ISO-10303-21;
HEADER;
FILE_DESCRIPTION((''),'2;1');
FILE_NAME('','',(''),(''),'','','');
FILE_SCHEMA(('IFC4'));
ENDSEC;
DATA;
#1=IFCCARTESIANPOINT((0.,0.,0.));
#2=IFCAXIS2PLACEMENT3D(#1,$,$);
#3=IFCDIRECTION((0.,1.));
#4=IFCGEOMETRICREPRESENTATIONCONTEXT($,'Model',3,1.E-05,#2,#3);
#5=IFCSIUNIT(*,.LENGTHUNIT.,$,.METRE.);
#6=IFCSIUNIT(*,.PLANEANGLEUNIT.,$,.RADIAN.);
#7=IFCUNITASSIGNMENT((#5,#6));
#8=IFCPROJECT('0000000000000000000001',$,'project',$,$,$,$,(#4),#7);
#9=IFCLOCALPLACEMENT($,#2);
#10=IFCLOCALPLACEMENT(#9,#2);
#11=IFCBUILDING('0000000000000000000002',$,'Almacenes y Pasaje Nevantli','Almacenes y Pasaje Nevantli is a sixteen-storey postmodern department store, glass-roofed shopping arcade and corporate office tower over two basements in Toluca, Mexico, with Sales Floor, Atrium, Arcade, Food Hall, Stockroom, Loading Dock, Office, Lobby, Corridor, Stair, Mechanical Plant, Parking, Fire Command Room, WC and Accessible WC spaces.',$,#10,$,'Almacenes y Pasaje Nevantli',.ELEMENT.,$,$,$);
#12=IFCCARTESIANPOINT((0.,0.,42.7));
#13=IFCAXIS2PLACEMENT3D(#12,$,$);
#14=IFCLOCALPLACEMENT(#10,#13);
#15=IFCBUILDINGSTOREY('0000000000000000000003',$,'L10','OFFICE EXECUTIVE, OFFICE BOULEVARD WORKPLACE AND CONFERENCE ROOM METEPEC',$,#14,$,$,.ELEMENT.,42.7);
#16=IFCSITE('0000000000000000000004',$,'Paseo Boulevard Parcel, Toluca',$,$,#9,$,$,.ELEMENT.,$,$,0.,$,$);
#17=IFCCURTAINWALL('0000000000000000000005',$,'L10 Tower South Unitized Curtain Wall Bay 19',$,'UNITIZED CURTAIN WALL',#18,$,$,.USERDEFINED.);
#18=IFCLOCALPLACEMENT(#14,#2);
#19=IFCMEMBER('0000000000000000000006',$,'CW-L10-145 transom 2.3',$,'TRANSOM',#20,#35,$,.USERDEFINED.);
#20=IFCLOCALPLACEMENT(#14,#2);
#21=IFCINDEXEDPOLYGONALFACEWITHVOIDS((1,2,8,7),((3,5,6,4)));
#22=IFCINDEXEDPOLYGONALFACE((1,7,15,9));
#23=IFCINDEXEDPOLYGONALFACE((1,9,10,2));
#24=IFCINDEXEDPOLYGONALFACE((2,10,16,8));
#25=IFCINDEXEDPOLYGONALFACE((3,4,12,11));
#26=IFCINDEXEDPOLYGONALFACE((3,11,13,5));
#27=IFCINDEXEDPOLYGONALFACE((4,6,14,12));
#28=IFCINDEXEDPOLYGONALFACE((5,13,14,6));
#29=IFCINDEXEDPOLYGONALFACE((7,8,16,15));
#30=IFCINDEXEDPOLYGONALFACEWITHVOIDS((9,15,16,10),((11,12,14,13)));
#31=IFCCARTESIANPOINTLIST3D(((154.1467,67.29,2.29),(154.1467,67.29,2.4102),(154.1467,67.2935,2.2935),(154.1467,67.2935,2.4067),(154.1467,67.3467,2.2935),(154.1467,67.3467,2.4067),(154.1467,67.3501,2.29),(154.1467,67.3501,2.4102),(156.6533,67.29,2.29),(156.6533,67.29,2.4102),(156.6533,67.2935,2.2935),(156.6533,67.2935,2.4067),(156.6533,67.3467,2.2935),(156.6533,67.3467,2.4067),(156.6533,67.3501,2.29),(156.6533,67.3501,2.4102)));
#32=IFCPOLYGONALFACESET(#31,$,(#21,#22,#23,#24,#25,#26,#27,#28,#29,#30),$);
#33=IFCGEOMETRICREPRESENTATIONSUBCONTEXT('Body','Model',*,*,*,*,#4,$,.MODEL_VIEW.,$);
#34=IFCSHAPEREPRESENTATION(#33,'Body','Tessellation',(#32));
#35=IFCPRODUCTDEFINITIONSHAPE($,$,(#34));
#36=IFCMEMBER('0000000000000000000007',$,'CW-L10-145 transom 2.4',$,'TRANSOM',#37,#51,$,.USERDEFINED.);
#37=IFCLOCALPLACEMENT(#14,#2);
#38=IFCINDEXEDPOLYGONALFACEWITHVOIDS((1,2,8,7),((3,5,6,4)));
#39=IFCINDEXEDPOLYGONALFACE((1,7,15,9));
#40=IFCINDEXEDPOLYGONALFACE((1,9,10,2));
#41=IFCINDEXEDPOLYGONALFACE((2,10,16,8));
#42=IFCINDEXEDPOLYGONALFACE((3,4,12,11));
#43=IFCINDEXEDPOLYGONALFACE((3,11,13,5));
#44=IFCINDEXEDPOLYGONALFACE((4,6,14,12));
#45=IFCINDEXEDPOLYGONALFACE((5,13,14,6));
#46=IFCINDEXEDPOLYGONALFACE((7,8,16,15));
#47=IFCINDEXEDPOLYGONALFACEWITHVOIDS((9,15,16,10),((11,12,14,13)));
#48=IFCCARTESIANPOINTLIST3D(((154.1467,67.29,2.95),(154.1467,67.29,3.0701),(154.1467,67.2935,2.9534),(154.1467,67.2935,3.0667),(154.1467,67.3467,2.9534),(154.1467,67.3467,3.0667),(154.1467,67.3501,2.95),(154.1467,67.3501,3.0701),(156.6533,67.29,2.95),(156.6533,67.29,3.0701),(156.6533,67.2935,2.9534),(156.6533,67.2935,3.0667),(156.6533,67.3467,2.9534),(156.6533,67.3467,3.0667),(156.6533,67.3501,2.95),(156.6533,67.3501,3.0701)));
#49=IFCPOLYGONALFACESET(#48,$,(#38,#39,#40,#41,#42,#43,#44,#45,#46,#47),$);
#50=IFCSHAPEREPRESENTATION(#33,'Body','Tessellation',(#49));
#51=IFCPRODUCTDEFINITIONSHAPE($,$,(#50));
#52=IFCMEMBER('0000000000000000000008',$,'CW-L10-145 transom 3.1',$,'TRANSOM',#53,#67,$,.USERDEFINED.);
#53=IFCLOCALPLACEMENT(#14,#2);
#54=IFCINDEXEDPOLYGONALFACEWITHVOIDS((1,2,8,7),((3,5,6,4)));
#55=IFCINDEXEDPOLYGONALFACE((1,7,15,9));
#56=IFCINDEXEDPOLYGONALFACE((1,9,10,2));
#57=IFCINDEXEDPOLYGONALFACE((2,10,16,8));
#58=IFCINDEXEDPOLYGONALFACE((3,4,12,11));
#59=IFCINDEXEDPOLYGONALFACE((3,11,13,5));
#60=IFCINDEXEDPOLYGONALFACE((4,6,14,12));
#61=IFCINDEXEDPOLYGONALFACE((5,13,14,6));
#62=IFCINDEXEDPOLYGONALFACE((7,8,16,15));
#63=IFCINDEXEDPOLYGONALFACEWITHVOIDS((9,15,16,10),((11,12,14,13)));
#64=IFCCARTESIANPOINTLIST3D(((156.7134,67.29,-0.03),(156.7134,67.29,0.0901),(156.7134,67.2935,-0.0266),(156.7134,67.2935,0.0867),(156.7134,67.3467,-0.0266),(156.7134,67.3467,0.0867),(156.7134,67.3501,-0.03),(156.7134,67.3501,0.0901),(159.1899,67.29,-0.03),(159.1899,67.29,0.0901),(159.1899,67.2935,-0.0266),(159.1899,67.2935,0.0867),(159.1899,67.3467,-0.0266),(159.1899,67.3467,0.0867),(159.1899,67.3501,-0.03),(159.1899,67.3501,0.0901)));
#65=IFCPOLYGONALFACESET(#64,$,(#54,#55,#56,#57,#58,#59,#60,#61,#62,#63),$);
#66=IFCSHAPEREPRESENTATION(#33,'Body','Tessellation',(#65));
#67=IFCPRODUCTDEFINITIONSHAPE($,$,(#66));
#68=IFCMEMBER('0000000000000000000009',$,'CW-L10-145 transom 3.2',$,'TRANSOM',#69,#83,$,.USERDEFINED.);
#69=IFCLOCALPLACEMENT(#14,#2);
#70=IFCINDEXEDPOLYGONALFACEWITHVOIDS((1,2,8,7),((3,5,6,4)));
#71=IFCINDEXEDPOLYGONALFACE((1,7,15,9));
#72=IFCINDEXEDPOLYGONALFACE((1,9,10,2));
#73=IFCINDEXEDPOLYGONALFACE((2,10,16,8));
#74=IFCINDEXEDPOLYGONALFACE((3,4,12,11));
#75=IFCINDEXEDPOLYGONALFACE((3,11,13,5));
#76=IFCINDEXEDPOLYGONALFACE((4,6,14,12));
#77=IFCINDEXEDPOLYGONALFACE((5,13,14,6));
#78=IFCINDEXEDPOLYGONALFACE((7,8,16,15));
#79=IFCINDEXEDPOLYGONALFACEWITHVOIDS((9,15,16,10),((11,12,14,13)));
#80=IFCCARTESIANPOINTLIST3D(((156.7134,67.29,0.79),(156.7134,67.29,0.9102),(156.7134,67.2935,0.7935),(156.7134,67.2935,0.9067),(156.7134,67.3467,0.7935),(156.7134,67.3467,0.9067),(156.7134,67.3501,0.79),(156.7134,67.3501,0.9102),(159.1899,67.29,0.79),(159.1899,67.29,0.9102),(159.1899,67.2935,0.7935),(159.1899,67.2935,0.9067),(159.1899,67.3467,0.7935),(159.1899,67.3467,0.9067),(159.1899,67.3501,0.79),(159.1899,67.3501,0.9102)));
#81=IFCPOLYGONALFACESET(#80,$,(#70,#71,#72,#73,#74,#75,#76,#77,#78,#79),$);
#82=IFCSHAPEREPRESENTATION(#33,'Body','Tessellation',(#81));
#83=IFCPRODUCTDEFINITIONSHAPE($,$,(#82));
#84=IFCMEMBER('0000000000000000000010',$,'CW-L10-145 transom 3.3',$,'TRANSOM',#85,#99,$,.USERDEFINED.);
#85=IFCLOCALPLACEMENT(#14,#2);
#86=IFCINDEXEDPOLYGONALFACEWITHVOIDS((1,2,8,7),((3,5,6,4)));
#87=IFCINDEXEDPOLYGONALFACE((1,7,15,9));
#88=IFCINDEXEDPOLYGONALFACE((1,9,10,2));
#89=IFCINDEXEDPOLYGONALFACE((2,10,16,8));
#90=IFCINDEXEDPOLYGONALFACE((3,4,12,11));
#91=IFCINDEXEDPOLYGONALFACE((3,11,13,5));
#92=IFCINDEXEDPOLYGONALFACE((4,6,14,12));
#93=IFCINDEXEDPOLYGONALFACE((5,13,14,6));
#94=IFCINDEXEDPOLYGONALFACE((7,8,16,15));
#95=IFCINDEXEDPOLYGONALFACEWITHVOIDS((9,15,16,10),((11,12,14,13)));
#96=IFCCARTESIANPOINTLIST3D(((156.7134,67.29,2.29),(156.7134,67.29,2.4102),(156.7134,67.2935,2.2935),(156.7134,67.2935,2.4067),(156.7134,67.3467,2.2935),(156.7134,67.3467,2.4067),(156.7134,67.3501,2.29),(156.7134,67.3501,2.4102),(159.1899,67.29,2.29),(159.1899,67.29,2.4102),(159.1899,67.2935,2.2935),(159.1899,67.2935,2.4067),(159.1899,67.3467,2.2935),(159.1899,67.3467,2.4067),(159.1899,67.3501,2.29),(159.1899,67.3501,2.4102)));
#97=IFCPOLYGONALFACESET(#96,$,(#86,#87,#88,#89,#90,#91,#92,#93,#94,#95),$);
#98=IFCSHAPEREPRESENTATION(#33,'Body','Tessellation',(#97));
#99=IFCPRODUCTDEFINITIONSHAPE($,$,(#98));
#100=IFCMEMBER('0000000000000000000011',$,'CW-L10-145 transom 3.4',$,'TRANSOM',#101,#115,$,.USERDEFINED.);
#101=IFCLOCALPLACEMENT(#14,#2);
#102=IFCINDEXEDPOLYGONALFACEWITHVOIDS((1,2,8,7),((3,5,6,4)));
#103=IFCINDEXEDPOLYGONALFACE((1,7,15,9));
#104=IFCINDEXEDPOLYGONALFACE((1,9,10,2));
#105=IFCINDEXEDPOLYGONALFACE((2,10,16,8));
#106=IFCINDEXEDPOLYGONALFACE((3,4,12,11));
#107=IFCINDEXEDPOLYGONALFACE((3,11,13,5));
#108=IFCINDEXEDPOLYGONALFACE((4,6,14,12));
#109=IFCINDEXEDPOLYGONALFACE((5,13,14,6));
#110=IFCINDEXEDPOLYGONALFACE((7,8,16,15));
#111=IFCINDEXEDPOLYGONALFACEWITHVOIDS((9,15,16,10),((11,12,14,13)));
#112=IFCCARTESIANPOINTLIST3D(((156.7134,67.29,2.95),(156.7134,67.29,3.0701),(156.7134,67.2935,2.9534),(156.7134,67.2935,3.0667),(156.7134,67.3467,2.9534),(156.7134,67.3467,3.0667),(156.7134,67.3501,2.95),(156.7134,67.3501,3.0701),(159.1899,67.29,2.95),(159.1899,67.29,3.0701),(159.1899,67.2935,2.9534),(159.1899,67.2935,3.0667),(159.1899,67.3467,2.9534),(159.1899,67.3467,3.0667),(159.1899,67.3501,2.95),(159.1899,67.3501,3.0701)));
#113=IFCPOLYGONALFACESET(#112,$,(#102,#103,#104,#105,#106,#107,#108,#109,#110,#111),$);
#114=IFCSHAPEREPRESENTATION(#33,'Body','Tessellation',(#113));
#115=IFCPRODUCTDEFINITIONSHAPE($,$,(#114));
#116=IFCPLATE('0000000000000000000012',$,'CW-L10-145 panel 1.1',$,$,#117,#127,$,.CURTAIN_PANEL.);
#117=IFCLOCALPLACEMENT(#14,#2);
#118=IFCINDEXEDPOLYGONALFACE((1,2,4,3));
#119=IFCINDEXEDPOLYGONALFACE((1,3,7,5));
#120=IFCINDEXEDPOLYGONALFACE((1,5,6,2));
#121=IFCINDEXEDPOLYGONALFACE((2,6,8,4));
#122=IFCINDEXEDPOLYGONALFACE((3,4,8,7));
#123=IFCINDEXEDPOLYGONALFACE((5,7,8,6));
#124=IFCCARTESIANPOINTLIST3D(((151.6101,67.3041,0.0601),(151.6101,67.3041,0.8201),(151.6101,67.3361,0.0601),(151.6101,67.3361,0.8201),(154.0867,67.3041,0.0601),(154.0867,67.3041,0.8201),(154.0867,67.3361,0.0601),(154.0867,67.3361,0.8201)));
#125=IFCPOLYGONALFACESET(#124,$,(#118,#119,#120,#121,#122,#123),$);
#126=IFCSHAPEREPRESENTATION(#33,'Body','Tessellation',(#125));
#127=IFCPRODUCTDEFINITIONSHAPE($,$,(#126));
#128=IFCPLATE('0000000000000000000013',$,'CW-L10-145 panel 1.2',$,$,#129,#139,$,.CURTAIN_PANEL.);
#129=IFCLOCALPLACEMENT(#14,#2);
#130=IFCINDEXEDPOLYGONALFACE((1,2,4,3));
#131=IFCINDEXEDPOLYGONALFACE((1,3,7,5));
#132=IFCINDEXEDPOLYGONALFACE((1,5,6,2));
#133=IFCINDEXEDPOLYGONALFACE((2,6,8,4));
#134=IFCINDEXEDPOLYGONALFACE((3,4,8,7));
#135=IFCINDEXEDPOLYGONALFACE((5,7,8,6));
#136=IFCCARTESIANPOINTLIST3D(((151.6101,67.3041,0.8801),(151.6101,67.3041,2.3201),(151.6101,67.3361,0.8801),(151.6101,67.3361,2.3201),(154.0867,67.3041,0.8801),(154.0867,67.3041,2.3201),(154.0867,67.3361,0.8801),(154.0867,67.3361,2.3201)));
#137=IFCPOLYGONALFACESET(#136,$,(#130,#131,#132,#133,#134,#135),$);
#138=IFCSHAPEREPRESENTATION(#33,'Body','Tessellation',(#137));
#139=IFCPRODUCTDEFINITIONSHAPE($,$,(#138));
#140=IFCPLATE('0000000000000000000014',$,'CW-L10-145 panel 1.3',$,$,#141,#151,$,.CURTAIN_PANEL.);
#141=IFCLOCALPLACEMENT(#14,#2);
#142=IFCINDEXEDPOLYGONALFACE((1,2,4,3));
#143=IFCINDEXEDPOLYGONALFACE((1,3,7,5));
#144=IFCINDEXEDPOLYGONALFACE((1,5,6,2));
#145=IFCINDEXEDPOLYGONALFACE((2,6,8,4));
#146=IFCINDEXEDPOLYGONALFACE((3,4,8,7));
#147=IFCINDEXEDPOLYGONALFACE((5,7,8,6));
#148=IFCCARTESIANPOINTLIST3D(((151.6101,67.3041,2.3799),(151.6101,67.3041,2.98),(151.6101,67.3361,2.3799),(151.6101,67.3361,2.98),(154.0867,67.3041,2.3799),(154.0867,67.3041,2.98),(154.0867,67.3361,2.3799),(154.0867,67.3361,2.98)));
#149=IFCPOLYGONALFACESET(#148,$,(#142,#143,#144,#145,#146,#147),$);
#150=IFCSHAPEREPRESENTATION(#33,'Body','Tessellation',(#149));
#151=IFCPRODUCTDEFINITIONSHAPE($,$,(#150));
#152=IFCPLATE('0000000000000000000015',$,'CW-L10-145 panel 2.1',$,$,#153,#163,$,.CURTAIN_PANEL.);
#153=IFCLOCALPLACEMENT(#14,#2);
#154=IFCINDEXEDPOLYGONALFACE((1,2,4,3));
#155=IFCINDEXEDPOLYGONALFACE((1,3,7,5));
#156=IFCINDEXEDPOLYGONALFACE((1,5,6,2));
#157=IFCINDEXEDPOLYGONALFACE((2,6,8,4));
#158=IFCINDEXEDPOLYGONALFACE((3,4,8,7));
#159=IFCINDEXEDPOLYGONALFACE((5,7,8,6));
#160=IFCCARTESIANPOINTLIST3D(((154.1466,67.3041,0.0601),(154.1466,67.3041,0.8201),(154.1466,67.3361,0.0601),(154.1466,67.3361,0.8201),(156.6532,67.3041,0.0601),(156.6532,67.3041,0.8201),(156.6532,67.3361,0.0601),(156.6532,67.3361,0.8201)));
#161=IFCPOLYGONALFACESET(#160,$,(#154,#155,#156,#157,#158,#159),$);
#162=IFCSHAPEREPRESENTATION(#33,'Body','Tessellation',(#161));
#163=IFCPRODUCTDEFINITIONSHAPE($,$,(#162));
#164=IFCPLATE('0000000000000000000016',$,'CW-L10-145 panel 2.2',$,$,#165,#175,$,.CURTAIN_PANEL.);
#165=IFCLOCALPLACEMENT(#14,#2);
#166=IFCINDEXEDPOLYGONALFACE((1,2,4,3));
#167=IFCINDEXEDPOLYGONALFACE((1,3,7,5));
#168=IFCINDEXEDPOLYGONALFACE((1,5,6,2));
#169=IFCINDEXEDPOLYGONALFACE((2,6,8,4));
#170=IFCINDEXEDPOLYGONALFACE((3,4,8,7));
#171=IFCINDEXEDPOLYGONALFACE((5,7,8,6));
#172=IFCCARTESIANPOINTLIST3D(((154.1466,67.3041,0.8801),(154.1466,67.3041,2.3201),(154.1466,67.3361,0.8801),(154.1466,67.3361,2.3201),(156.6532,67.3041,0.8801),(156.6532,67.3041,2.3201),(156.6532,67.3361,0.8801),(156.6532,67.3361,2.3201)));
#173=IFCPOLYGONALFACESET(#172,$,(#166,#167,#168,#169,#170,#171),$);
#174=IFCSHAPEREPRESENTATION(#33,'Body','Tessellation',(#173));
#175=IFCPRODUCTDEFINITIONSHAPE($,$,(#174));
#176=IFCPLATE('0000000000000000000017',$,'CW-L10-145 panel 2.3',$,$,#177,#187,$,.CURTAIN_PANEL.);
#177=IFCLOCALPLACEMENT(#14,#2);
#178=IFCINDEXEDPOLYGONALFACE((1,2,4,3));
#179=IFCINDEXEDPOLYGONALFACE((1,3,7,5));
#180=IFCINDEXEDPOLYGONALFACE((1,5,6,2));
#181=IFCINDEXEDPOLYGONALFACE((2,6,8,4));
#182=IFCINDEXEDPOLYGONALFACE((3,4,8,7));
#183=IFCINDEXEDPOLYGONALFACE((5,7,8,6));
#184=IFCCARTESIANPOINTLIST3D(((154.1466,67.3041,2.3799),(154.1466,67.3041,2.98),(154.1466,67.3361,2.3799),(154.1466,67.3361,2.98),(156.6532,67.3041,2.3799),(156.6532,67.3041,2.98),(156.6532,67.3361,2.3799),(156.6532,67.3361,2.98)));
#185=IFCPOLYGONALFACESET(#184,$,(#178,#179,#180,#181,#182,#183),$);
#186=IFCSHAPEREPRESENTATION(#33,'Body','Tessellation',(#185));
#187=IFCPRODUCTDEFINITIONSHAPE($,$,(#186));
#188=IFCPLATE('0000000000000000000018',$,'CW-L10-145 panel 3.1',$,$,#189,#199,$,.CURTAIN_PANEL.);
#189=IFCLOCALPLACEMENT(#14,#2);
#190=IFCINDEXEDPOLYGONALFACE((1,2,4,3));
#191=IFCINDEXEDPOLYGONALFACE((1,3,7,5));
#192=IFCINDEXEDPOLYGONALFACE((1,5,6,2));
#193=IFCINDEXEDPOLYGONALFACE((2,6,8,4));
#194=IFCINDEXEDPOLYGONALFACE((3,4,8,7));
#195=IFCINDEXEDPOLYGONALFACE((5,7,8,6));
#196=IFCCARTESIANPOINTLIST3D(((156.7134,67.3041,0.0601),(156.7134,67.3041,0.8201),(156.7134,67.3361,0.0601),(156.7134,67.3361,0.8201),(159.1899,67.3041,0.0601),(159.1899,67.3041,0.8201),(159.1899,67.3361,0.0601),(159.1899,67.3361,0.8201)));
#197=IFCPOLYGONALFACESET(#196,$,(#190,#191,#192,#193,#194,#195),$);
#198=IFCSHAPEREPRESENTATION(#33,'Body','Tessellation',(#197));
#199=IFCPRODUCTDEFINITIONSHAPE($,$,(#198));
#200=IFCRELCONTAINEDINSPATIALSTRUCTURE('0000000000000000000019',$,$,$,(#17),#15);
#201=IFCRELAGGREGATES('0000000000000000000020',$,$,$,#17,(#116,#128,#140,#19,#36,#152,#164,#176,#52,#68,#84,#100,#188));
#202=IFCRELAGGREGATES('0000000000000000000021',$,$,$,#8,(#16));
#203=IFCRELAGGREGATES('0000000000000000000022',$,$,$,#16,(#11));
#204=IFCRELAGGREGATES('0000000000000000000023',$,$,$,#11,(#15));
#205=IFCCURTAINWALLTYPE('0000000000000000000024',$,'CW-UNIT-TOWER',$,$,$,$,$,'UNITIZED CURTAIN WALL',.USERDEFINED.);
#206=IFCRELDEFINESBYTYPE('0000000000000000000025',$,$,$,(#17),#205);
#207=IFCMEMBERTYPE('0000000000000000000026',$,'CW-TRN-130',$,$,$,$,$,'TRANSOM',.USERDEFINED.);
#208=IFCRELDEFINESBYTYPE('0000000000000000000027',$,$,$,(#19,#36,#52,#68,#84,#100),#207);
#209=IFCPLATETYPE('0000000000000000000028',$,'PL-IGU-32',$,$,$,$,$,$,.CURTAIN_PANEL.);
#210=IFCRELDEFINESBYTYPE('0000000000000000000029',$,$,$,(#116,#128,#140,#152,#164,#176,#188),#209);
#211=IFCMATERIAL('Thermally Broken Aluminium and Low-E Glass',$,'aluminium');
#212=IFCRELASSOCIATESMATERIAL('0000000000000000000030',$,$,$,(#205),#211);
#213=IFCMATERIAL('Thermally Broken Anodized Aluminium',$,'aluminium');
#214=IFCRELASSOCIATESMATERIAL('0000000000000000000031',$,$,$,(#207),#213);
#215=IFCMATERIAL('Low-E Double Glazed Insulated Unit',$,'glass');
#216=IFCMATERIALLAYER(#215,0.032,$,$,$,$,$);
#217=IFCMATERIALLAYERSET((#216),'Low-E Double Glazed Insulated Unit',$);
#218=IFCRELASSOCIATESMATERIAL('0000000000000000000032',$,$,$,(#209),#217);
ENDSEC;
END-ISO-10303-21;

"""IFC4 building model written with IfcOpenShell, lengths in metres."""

from ifc_helpers import new_model, si_unit, direction, frame, origin, origin_2d, place, context, subcontext, project, spatial, rectangle, hollow_rectangle, extrude, material, layer, layer_set, material_profile, profile_set, type_object, element, aggregate, save


model = new_model("IFC4")

# Units and contexts
model_context = context("Model", 3, precision=1e-05, world=origin(), true_north=direction((0.0, 1.0)))
body_context = subcontext(model_context, "Body", "Model", "MODEL_VIEW")
ifc_project = project(units=[si_unit("LENGTHUNIT", "METRE"), si_unit("PLANEANGLEUNIT", "RADIAN")], contexts=[model_context])

# Site, building, storey
site_placement = place(None, origin())
site = spatial("IfcSite", under=ifc_project, at=site_placement, Name="Paseo Boulevard Parcel, Toluca", CompositionType="ELEMENT", RefElevation=0.0)
building_placement = place(site_placement, origin())
building = spatial("IfcBuilding", under=site, at=building_placement, Name="Almacenes y Pasaje Nevantli", Description="Almacenes y Pasaje Nevantli is a sixteen-storey postmodern department store, glass-roofed shopping arcade and corporate office tower over two basements in Toluca, Mexico, with Sales Floor, Atrium, Arcade, Food Hall, Stockroom, Loading Dock, Office, Lobby, Corridor, Stair, Mechanical Plant, Parking, Fire Command Room, WC and Accessible WC spaces.", LongName="Almacenes y Pasaje Nevantli", CompositionType="ELEMENT")
storey_placement = place(building_placement, frame((0.0, 0.0, 42.7)))
storey = spatial("IfcBuildingStorey", under=building, at=storey_placement, Name="L10", Description="OFFICE EXECUTIVE, OFFICE BOULEVARD WORKPLACE AND CONFERENCE ROOM METEPEC", CompositionType="ELEMENT", Elevation=42.7)

# Curtain wall, members, plates
ifc_material_1 = material(Name="Thermally Broken Aluminium and Low-E Glass", Category="aluminium")
curtain_wall_type = type_object("IfcCurtainWallType", Name="CW-UNIT-TOWER", ElementType="UNITIZED CURTAIN WALL", PredefinedType="USERDEFINED", material=ifc_material_1)
curtain_wall_placement = place(storey_placement, origin())
curtain_wall = element("IfcCurtainWall", 1, at=curtain_wall_placement, inside=storey, type_object=curtain_wall_type, Name="L10 Tower South Unitized Curtain Wall Bay 19", ObjectType="UNITIZED CURTAIN WALL", PredefinedType="USERDEFINED")
ifc_material_2 = material(Name="Thermally Broken Anodized Aluminium", Category="aluminium")
ifc_material_profile_1 = material_profile(ifc_material_2, hollow_rectangle(XDim=0.0601, YDim=0.1201, WallThickness=0.0034, at=origin_2d()), Name="ALU-TRN-60x120")
ifc_profile_set_1 = profile_set([ifc_material_profile_1], Name="Thermally Broken Anodized Aluminium")
member_type_1 = type_object("IfcMemberType", Name="CW-TRN-130", ElementType="TRANSOM", PredefinedType="USERDEFINED", material=ifc_profile_set_1)
member_1_placement = place(storey_placement, frame((154.1467, 67.3201, 2.3501), z_axis=(1.0, 0.0, 0.0), x_axis=(0.0, 1.0, 0.0)))
member_1 = element("IfcMember", 2, at=member_1_placement, type_object=member_type_1, Name="CW-L10-145 transom 2.3", ObjectType="TRANSOM", PredefinedType="USERDEFINED", context=body_context, shape_type="SweptSolid", body=[
    extrude(hollow_rectangle(XDim=0.0601, YDim=0.1201, WallThickness=0.0034, at=origin_2d()), origin(), (0.0, 0.0, 1.0), 2.5066),
])
member_2_placement = place(storey_placement, frame((154.1467, 67.3201, 3.01), z_axis=(1.0, 0.0, 0.0), x_axis=(0.0, 1.0, 0.0)))
member_2 = element("IfcMember", 3, at=member_2_placement, type_object=member_type_1, Name="CW-L10-145 transom 2.4", ObjectType="TRANSOM", PredefinedType="USERDEFINED", context=body_context, shape_type="SweptSolid", body=[
    extrude(hollow_rectangle(XDim=0.0601, YDim=0.1201, WallThickness=0.0034, at=origin_2d()), origin(), (0.0, 0.0, 1.0), 2.5066),
])
member_3_placement = place(storey_placement, frame((156.7134, 67.3201, 0.03), z_axis=(1.0, 0.0, 0.0), x_axis=(0.0, 1.0, 0.0)))
member_3 = element("IfcMember", 4, at=member_3_placement, type_object=member_type_1, Name="CW-L10-145 transom 3.1", ObjectType="TRANSOM", PredefinedType="USERDEFINED", context=body_context, shape_type="SweptSolid", body=[
    extrude(hollow_rectangle(XDim=0.0601, YDim=0.1201, WallThickness=0.0034, at=origin_2d()), origin(), (0.0, 0.0, 1.0), 2.4766),
])
member_4_placement = place(storey_placement, frame((156.7134, 67.3201, 0.8501), z_axis=(1.0, 0.0, 0.0), x_axis=(0.0, 1.0, 0.0)))
member_4 = element("IfcMember", 5, at=member_4_placement, type_object=member_type_1, Name="CW-L10-145 transom 3.2", ObjectType="TRANSOM", PredefinedType="USERDEFINED", context=body_context, shape_type="SweptSolid", body=[
    extrude(hollow_rectangle(XDim=0.0601, YDim=0.1201, WallThickness=0.0034, at=origin_2d()), origin(), (0.0, 0.0, 1.0), 2.4766),
])
member_5_placement = place(storey_placement, frame((156.7134, 67.3201, 2.3501), z_axis=(1.0, 0.0, 0.0), x_axis=(0.0, 1.0, 0.0)))
member_5 = element("IfcMember", 6, at=member_5_placement, type_object=member_type_1, Name="CW-L10-145 transom 3.3", ObjectType="TRANSOM", PredefinedType="USERDEFINED", context=body_context, shape_type="SweptSolid", body=[
    extrude(hollow_rectangle(XDim=0.0601, YDim=0.1201, WallThickness=0.0034, at=origin_2d()), origin(), (0.0, 0.0, 1.0), 2.4766),
])
member_6_placement = place(storey_placement, frame((156.7134, 67.3201, 3.01), z_axis=(1.0, 0.0, 0.0), x_axis=(0.0, 1.0, 0.0)))
member_6 = element("IfcMember", 7, at=member_6_placement, type_object=member_type_1, Name="CW-L10-145 transom 3.4", ObjectType="TRANSOM", PredefinedType="USERDEFINED", context=body_context, shape_type="SweptSolid", body=[
    extrude(hollow_rectangle(XDim=0.0601, YDim=0.1201, WallThickness=0.0034, at=origin_2d()), origin(), (0.0, 0.0, 1.0), 2.4766),
])
ifc_material_3 = material(Name="Low-E Double Glazed Insulated Unit", Category="glass")
ifc_layer = layer(ifc_material_3, 0.032)
ifc_layer_set = layer_set([ifc_layer], Name="Low-E Double Glazed Insulated Unit")
plate_type = type_object("IfcPlateType", Name="PL-IGU-32", PredefinedType="CURTAIN_PANEL", material=ifc_layer_set)
plate_1_placement = place(storey_placement, frame((152.8484, 67.3201, 0.0601), z_axis=(0.0, 0.0, 1.0), x_axis=(1.0, 0.0, 0.0)))
plate_1 = element("IfcPlate", 8, at=plate_1_placement, type_object=plate_type, Name="CW-L10-145 panel 1.1", PredefinedType="CURTAIN_PANEL", context=body_context, shape_type="SweptSolid", body=[
    extrude(rectangle(XDim=2.4766, YDim=0.032, at=origin_2d()), origin(), (0.0, 0.0, 1.0), 0.76),
])
plate_2_placement = place(storey_placement, frame((152.8484, 67.3201, 0.8801), z_axis=(0.0, 0.0, 1.0), x_axis=(1.0, 0.0, 0.0)))
plate_2 = element("IfcPlate", 9, at=plate_2_placement, type_object=plate_type, Name="CW-L10-145 panel 1.2", PredefinedType="CURTAIN_PANEL", context=body_context, shape_type="SweptSolid", body=[
    extrude(rectangle(XDim=2.4766, YDim=0.032, at=origin_2d()), origin(), (0.0, 0.0, 1.0), 1.4399),
])
plate_3_placement = place(storey_placement, frame((152.8484, 67.3201, 2.3799), z_axis=(0.0, 0.0, 1.0), x_axis=(1.0, 0.0, 0.0)))
plate_3 = element("IfcPlate", 10, at=plate_3_placement, type_object=plate_type, Name="CW-L10-145 panel 1.3", PredefinedType="CURTAIN_PANEL", context=body_context, shape_type="SweptSolid", body=[
    extrude(rectangle(XDim=2.4766, YDim=0.032, at=origin_2d()), origin(), (0.0, 0.0, 1.0), 0.6001),
])
plate_4_placement = place(storey_placement, frame((155.3999, 67.3201, 0.0601), z_axis=(0.0, 0.0, 1.0), x_axis=(1.0, 0.0, 0.0)))
plate_4 = element("IfcPlate", 11, at=plate_4_placement, type_object=plate_type, Name="CW-L10-145 panel 2.1", PredefinedType="CURTAIN_PANEL", context=body_context, shape_type="SweptSolid", body=[
    extrude(rectangle(XDim=2.5066, YDim=0.032, at=origin_2d()), origin(), (0.0, 0.0, 1.0), 0.76),
])
plate_5_placement = place(storey_placement, frame((155.3999, 67.3201, 0.8801), z_axis=(0.0, 0.0, 1.0), x_axis=(1.0, 0.0, 0.0)))
plate_5 = element("IfcPlate", 12, at=plate_5_placement, type_object=plate_type, Name="CW-L10-145 panel 2.2", PredefinedType="CURTAIN_PANEL", context=body_context, shape_type="SweptSolid", body=[
    extrude(rectangle(XDim=2.5066, YDim=0.032, at=origin_2d()), origin(), (0.0, 0.0, 1.0), 1.4399),
])
plate_6_placement = place(storey_placement, frame((155.3999, 67.3201, 2.3799), z_axis=(0.0, 0.0, 1.0), x_axis=(1.0, 0.0, 0.0)))
plate_6 = element("IfcPlate", 13, at=plate_6_placement, type_object=plate_type, Name="CW-L10-145 panel 2.3", PredefinedType="CURTAIN_PANEL", context=body_context, shape_type="SweptSolid", body=[
    extrude(rectangle(XDim=2.5066, YDim=0.032, at=origin_2d()), origin(), (0.0, 0.0, 1.0), 0.6001),
])
plate_7_placement = place(storey_placement, frame((157.9517, 67.3201, 0.0601), z_axis=(0.0, 0.0, 1.0), x_axis=(1.0, 0.0, 0.0)))
plate_7 = element("IfcPlate", 14, at=plate_7_placement, type_object=plate_type, Name="CW-L10-145 panel 3.1", PredefinedType="CURTAIN_PANEL", context=body_context, shape_type="SweptSolid", body=[
    extrude(rectangle(XDim=2.4766, YDim=0.032, at=origin_2d()), origin(), (0.0, 0.0, 1.0), 0.76),
])
aggregate(curtain_wall, [plate_1, plate_2, plate_3, member_1, member_2, plate_4, plate_5, plate_6, member_3, member_4, member_5, member_6, plate_7])

save(model, "model.ifc")
